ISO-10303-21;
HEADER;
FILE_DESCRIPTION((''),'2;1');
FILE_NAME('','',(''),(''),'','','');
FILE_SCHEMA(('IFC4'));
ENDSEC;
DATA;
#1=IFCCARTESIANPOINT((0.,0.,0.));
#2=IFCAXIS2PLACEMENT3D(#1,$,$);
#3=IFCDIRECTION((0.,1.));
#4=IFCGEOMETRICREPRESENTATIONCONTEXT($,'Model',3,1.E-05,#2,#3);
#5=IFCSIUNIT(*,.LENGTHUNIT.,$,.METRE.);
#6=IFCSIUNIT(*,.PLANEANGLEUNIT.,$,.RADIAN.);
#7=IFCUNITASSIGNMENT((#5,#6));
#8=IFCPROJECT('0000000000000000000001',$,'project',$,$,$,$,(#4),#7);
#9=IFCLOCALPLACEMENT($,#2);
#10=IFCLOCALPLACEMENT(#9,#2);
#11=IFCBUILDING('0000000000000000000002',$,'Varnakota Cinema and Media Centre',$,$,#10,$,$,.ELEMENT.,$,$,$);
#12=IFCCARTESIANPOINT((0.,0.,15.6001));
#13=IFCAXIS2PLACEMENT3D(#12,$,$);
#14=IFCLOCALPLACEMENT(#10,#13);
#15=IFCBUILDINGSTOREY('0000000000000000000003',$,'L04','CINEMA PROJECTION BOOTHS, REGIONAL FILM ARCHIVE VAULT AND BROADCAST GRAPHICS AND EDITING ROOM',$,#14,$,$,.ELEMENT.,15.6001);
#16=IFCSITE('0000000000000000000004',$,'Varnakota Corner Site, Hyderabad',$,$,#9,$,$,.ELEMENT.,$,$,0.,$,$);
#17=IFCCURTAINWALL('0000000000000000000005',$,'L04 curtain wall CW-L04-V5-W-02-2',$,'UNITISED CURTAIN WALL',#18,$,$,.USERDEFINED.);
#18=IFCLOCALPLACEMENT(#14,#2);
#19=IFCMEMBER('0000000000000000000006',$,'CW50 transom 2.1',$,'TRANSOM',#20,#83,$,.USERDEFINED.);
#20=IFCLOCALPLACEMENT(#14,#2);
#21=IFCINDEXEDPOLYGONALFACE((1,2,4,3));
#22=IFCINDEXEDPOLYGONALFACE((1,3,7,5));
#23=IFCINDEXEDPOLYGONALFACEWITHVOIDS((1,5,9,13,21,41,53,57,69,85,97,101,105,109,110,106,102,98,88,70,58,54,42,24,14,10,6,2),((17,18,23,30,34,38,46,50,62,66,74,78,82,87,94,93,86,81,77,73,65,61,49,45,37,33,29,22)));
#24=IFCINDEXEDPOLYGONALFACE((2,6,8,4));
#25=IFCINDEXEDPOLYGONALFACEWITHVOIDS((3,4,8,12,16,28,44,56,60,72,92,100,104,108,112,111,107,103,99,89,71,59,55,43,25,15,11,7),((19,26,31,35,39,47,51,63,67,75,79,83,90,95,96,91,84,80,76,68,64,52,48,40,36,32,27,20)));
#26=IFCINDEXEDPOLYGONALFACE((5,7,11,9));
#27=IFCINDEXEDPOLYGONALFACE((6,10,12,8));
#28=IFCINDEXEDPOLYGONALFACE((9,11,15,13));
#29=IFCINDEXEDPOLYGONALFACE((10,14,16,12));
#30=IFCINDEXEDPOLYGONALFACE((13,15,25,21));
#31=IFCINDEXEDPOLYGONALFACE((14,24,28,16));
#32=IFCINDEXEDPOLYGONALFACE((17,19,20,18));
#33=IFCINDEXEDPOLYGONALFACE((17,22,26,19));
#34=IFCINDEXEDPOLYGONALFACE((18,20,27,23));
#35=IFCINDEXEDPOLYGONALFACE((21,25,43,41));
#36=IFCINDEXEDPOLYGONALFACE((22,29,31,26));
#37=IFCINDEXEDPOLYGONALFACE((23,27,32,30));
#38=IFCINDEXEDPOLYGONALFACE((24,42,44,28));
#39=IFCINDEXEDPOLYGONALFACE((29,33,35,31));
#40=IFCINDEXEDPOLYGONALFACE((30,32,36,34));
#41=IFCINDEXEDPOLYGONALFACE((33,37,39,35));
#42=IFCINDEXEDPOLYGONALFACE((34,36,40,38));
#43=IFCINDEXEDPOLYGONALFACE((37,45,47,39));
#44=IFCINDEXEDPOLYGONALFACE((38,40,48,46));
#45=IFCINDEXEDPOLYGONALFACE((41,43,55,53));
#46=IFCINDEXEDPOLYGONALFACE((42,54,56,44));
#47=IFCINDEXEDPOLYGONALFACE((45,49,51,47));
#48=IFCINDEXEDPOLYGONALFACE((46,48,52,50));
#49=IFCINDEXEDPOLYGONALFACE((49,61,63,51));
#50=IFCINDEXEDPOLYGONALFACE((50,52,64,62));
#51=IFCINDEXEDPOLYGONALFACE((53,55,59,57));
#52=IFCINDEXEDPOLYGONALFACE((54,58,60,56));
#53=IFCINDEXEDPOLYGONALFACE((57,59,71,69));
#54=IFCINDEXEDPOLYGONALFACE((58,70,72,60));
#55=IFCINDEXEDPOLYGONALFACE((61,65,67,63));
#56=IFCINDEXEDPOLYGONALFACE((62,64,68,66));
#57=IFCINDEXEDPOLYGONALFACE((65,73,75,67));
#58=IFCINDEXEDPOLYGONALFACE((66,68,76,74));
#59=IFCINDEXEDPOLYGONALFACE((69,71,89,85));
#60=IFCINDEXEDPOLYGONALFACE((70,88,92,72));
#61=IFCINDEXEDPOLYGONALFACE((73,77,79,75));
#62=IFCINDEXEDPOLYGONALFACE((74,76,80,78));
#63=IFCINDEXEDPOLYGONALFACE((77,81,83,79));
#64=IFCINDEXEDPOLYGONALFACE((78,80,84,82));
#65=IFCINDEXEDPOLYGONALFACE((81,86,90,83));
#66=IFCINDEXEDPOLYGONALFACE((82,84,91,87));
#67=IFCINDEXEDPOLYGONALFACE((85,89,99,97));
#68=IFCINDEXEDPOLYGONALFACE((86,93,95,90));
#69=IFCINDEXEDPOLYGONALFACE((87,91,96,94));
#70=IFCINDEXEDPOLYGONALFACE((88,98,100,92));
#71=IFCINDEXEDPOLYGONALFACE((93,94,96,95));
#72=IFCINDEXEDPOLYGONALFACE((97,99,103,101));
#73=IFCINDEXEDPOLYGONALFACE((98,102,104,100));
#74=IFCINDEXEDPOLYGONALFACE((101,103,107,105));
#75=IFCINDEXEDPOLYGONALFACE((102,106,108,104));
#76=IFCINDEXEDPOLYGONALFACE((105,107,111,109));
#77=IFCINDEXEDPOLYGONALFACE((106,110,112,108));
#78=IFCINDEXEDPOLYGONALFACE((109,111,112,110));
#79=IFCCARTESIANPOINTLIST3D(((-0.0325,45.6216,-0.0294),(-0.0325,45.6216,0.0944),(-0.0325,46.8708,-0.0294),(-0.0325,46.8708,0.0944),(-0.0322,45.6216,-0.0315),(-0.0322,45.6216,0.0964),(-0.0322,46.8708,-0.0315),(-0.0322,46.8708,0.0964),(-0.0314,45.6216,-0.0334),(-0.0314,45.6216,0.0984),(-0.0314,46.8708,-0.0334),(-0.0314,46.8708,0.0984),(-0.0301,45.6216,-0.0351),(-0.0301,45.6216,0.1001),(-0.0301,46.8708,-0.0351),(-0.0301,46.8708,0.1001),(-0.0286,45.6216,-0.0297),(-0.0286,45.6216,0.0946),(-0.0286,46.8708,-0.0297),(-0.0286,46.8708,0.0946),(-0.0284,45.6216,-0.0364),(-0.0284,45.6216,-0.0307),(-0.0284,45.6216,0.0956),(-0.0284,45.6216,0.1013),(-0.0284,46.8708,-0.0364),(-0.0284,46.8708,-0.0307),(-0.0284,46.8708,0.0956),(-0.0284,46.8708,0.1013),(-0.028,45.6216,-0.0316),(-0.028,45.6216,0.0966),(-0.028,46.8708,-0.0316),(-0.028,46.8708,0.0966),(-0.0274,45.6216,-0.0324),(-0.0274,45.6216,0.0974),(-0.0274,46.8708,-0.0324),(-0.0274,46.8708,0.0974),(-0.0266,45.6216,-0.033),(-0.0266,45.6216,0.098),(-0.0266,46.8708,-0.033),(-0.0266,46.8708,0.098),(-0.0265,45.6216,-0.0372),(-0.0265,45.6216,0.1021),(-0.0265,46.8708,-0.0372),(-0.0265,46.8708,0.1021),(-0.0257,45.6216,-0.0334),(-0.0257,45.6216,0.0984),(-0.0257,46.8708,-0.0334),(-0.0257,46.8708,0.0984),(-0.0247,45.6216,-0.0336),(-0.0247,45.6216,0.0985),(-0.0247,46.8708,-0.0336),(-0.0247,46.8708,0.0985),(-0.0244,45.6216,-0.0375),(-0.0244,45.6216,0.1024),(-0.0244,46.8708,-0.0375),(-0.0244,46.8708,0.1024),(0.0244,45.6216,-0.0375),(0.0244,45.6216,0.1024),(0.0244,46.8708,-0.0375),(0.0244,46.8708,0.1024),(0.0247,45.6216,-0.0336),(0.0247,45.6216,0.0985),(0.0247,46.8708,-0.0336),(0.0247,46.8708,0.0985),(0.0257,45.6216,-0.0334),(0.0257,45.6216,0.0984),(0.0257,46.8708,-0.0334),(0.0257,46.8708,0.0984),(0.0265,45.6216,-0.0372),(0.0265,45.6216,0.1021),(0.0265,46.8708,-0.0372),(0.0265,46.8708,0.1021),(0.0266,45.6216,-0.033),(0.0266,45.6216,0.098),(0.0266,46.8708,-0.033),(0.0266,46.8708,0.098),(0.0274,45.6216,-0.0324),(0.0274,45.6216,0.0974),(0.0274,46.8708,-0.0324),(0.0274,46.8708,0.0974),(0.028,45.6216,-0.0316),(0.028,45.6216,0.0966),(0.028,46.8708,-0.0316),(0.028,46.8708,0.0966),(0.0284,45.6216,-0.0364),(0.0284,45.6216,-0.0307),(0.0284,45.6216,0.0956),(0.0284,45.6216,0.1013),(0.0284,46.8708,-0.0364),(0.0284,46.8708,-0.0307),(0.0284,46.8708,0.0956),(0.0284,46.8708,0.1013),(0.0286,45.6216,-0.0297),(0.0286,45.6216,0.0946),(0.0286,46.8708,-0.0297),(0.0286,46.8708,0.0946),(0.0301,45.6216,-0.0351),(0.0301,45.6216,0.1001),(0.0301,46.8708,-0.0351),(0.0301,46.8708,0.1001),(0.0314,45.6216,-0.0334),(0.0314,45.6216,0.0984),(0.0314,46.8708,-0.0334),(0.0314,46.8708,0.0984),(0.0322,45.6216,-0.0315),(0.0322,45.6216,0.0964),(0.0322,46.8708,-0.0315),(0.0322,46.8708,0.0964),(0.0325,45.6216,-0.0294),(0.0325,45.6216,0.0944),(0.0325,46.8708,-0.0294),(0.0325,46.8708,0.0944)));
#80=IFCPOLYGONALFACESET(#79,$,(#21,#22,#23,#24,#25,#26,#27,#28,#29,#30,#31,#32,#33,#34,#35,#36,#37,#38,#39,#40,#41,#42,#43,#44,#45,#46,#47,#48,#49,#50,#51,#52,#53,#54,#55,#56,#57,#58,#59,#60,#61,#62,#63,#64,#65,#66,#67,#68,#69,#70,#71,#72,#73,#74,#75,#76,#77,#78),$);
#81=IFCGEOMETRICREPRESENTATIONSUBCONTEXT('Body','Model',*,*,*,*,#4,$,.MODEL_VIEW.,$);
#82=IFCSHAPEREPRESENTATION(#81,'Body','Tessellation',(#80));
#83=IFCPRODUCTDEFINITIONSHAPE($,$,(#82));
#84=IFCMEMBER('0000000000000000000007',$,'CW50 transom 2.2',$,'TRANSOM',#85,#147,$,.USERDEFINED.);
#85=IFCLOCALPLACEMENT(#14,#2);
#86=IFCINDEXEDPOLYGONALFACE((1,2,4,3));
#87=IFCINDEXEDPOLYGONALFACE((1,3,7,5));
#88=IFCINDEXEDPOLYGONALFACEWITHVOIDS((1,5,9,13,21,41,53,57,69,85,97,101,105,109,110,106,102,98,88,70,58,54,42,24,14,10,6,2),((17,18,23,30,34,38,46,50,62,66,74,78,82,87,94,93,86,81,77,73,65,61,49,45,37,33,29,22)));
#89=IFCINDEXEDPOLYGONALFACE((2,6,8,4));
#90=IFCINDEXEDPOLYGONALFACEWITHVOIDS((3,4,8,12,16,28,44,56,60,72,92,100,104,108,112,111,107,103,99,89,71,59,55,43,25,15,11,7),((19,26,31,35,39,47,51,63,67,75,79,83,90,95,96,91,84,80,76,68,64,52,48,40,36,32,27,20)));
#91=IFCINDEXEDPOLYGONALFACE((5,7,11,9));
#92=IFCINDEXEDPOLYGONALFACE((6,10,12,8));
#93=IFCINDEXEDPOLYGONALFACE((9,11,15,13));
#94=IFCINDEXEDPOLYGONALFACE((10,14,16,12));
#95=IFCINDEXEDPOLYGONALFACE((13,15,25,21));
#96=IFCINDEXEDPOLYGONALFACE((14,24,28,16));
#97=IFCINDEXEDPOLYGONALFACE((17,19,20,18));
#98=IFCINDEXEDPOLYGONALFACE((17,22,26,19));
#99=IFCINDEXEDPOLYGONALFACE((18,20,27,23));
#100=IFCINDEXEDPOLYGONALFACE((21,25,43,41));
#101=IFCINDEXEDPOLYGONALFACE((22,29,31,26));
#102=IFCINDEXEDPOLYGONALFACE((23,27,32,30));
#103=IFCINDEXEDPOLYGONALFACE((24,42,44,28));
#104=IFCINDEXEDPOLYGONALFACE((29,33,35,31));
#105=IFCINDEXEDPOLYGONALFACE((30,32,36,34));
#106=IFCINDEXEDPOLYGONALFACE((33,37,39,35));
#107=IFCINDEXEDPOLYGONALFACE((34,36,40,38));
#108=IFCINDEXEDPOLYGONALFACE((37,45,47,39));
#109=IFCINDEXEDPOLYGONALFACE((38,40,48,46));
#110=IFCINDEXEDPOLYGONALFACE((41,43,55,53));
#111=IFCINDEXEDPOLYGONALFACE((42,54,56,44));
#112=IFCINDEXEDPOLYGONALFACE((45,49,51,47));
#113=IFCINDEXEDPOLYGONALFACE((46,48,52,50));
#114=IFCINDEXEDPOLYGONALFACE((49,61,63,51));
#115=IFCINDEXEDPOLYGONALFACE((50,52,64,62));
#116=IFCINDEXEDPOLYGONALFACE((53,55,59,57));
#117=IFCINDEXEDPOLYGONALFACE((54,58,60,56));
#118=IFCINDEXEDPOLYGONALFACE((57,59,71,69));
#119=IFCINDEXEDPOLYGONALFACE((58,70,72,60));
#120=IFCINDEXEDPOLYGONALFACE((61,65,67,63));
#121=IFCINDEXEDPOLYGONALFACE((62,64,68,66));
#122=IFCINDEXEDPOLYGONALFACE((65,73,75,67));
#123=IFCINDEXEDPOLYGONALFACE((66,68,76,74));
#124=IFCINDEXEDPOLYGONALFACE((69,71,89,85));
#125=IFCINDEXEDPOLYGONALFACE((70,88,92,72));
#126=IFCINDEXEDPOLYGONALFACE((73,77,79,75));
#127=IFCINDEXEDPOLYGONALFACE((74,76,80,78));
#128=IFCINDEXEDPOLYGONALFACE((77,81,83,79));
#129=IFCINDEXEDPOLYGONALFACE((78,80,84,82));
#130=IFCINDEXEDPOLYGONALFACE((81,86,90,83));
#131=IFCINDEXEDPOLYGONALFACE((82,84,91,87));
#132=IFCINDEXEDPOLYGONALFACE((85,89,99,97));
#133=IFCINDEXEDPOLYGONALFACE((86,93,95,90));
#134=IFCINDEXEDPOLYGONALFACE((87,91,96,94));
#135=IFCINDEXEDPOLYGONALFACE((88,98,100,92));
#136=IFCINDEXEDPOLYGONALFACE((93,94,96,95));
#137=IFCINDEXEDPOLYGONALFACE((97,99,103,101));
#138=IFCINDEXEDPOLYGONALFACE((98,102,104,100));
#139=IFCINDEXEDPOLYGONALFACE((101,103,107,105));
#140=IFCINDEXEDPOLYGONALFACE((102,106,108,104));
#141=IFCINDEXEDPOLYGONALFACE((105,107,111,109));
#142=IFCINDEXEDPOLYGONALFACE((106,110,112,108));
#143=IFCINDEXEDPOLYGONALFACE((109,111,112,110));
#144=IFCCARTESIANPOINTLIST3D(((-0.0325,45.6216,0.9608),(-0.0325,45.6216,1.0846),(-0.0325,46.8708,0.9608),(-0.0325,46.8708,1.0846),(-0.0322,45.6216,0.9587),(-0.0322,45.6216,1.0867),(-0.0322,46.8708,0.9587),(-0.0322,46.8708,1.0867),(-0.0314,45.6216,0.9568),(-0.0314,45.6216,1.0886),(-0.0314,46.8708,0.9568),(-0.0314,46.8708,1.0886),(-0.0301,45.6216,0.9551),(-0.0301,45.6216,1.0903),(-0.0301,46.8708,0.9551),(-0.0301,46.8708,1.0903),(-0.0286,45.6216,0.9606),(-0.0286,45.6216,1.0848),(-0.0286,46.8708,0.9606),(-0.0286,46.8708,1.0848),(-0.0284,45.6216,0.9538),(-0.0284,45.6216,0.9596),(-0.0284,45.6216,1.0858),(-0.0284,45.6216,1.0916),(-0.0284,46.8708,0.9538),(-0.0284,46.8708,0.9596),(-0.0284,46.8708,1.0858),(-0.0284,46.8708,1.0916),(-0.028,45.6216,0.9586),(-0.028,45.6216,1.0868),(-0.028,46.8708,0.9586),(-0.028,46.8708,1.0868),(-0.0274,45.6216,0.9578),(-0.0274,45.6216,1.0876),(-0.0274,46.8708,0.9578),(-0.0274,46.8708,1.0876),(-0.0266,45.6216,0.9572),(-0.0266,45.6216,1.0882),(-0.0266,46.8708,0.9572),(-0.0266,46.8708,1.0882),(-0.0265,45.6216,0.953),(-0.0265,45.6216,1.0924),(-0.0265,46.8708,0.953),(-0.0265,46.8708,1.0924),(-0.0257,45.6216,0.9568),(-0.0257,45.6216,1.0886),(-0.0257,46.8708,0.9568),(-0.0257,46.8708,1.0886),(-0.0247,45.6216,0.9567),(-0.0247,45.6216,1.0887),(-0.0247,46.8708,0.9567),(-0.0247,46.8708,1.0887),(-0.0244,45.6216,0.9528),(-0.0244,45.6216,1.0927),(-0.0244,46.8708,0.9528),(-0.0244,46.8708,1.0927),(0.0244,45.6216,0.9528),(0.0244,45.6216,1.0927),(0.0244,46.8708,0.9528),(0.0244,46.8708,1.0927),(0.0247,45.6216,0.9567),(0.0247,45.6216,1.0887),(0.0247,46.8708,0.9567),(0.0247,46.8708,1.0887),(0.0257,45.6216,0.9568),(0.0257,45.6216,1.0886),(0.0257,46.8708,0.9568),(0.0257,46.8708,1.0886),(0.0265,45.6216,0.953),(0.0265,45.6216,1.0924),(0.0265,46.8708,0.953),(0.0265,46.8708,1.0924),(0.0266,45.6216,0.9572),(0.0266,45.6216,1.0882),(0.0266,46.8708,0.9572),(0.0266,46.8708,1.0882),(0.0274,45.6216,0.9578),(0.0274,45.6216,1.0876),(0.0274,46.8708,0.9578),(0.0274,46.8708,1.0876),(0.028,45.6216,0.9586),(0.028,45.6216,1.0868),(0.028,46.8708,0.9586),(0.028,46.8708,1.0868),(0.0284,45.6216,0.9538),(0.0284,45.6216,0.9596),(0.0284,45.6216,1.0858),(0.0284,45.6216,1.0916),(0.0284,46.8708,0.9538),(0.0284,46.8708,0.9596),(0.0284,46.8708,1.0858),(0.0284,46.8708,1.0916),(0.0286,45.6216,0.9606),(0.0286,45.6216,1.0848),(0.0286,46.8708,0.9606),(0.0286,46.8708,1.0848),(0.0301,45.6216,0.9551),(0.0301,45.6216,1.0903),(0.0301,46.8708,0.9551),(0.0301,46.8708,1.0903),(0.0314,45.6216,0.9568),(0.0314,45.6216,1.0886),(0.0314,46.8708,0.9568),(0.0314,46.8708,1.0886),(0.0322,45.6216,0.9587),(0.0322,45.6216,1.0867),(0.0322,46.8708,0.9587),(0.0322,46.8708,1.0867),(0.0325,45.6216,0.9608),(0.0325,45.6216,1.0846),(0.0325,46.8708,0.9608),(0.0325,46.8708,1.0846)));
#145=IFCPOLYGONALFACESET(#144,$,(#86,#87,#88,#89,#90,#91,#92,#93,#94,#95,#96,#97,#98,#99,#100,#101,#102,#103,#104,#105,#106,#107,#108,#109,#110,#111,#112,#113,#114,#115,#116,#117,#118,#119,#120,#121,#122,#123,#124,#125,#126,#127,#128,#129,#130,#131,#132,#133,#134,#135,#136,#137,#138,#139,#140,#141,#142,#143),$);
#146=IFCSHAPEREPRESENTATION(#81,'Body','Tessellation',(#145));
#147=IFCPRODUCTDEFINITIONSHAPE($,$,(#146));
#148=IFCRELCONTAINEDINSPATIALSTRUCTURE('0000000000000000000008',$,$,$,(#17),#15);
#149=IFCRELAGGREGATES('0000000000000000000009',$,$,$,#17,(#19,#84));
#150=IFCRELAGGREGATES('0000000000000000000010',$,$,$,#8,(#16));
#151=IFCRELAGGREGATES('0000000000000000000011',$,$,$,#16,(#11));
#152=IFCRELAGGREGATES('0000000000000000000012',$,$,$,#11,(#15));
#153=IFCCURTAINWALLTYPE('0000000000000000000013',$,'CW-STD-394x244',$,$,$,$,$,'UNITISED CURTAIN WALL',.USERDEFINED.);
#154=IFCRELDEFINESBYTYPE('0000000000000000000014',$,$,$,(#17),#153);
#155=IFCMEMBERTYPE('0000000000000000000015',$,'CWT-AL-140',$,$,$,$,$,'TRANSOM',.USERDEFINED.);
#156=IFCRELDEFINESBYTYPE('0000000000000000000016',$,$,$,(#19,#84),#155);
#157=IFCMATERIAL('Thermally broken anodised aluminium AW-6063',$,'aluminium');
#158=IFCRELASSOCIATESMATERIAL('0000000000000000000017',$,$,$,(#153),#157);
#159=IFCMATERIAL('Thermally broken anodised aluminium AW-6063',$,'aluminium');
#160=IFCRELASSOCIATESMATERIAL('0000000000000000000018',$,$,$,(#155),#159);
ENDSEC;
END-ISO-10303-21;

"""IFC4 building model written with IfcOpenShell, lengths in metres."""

from ifc_helpers import new_model, si_unit, direction, frame, origin, origin_2d, place, context, subcontext, project, spatial, hollow_rectangle, extrude, material, material_profile, profile_set, type_object, element, aggregate, save


model = new_model("IFC4")

# Units and contexts
model_context = context("Model", 3, precision=1e-05, world=origin(), true_north=direction((0.0, 1.0)))
body_context = subcontext(model_context, "Body", "Model", "MODEL_VIEW")
ifc_project = project(units=[si_unit("LENGTHUNIT", "METRE"), si_unit("PLANEANGLEUNIT", "RADIAN")], contexts=[model_context])

# Site, building, storey
site_placement = place(None, origin())
site = spatial("IfcSite", under=ifc_project, at=site_placement, Name="Varnakota Corner Site, Hyderabad", CompositionType="ELEMENT", RefElevation=0.0)
building_placement = place(site_placement, origin())
building = spatial("IfcBuilding", under=site, at=building_placement, Name="Varnakota Cinema and Media Centre", CompositionType="ELEMENT")
storey_placement = place(building_placement, frame((0.0, 0.0, 15.6001)))
storey = spatial("IfcBuildingStorey", under=building, at=storey_placement, Name="L04", Description="CINEMA PROJECTION BOOTHS, REGIONAL FILM ARCHIVE VAULT AND BROADCAST GRAPHICS AND EDITING ROOM", CompositionType="ELEMENT", Elevation=15.6001)

# Curtain wall
ifc_material_1 = material(Name="Thermally broken anodised aluminium AW-6063", Category="aluminium")
curtain_wall_type = type_object("IfcCurtainWallType", Name="CW-STD-394x244", ElementType="UNITISED CURTAIN WALL", PredefinedType="USERDEFINED", material=ifc_material_1)
curtain_wall_1_placement = place(storey_placement, origin())
curtain_wall_1 = element("IfcCurtainWall", 1, at=curtain_wall_1_placement, inside=storey, type_object=curtain_wall_type, Name="L04 curtain wall CW-L04-V5-W-02-2", ObjectType="UNITISED CURTAIN WALL", PredefinedType="USERDEFINED")

# Members
ifc_material_2 = material(Name="Thermally broken anodised aluminium AW-6063", Category="aluminium")
ifc_material_profile_1 = material_profile(ifc_material_2, hollow_rectangle(XDim=0.0649, YDim=0.1399, WallThickness=0.0039, InnerFilletRadius=0.0039, OuterFilletRadius=0.0081, at=origin_2d()), Name="AL-TRANSOM 140x65x4")
ifc_profile_set_1 = profile_set([ifc_material_profile_1], Name="Thermally broken anodised aluminium AW-6063")
member_type_1 = type_object("IfcMemberType", Name="CWT-AL-140", ElementType="TRANSOM", PredefinedType="USERDEFINED", material=ifc_profile_set_1)
member_1_placement = place(storey_placement, frame((0.0, 46.8708, 0.0325), z_axis=(0.0, -1.0, 0.0), x_axis=(1.0, 0.0, 0.0)))
member_1 = element("IfcMember", 2, at=member_1_placement, type_object=member_type_1, Name="CW50 transom 2.1", ObjectType="TRANSOM", PredefinedType="USERDEFINED", context=body_context, shape_type="SweptSolid", body=[
    extrude(hollow_rectangle(XDim=0.0649, YDim=0.1399, WallThickness=0.0039, InnerFilletRadius=0.0039, OuterFilletRadius=0.0081, at=origin_2d()), origin(), (0.0, 0.0, 1.0), 1.2493),
])
member_2_placement = place(storey_placement, frame((0.0, 46.8708, 1.0227), z_axis=(0.0, -1.0, 0.0), x_axis=(1.0, 0.0, 0.0)))
member_2 = element("IfcMember", 3, at=member_2_placement, type_object=member_type_1, Name="CW50 transom 2.2", ObjectType="TRANSOM", PredefinedType="USERDEFINED", context=body_context, shape_type="SweptSolid", body=[
    extrude(hollow_rectangle(XDim=0.0649, YDim=0.1399, WallThickness=0.0039, InnerFilletRadius=0.0039, OuterFilletRadius=0.0081, at=origin_2d()), origin(), (0.0, 0.0, 1.0), 1.2493),
])

aggregate(curtain_wall_1, [member_1, member_2])

save(model, "model.ifc")
